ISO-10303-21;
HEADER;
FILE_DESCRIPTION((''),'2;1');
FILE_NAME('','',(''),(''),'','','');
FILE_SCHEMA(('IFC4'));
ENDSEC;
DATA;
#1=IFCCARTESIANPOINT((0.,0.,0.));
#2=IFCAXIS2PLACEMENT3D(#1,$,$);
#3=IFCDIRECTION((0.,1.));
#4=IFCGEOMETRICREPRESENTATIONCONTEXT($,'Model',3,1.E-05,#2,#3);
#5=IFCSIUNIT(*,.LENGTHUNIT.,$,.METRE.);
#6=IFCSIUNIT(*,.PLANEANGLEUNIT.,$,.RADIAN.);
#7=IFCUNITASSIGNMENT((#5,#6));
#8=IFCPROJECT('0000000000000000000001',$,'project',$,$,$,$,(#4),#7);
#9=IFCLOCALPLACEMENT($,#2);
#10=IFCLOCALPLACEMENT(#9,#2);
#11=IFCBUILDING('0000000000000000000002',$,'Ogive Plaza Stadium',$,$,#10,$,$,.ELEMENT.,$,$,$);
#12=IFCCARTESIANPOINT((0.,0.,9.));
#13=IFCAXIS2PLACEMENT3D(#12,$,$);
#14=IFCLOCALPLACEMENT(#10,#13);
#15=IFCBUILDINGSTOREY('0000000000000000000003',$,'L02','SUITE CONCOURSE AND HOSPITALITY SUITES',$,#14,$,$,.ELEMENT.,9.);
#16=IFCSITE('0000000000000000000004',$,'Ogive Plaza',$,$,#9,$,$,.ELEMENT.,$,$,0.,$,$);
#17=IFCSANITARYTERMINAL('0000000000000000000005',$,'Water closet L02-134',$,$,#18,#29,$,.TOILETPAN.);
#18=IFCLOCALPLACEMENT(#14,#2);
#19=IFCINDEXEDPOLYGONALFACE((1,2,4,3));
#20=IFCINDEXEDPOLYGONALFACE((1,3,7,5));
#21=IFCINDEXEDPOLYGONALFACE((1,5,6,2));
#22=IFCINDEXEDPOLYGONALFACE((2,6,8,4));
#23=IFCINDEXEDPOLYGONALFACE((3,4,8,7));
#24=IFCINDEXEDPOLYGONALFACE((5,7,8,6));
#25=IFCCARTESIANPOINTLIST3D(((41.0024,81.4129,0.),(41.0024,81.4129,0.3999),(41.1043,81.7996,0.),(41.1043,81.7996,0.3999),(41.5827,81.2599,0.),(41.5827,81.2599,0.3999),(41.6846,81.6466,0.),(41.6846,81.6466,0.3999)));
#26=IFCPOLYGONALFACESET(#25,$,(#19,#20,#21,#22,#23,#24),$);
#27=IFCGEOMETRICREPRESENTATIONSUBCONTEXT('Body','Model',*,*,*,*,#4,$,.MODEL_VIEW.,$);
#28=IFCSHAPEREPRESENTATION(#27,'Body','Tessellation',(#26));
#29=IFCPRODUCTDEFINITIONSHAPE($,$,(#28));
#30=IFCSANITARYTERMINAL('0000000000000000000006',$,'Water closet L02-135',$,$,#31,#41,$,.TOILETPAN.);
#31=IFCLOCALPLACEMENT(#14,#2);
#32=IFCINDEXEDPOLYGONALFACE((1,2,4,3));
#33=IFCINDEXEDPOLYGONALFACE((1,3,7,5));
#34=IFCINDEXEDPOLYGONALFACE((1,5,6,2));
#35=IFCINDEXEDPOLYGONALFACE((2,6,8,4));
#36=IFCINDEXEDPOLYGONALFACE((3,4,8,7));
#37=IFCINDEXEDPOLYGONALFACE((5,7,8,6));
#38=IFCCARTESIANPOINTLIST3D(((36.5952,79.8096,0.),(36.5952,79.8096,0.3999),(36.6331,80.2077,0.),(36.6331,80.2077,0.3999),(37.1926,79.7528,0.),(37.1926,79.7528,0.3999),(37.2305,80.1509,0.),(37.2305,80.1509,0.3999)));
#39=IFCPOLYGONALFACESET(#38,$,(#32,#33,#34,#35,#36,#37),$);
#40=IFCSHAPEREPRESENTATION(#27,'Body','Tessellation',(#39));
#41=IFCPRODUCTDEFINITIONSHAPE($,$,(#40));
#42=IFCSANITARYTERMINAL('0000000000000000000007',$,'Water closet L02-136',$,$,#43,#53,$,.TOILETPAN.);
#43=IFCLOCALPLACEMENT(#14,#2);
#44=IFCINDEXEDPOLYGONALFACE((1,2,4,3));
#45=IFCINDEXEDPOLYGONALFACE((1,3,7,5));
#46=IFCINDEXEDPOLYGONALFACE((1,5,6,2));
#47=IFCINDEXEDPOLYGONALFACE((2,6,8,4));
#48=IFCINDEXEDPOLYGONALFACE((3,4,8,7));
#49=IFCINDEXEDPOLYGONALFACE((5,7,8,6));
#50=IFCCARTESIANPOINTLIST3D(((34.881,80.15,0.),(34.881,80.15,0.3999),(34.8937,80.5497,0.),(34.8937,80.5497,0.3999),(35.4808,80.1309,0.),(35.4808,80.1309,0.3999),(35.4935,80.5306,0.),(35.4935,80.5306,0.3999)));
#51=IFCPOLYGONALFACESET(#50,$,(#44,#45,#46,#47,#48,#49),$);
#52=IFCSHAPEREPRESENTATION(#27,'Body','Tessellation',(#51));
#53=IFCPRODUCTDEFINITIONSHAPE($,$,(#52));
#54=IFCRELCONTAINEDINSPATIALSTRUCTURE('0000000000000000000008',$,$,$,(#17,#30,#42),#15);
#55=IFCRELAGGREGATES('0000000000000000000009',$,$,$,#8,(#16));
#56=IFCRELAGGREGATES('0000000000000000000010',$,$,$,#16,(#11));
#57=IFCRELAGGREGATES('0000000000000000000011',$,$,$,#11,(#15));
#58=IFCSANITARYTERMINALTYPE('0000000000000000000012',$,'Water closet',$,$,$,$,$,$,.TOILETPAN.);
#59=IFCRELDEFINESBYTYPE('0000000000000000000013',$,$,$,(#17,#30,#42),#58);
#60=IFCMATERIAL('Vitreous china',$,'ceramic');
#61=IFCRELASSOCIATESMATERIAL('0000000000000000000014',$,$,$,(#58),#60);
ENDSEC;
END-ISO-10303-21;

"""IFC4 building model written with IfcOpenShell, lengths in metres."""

from ifc_helpers import new_model, si_unit, direction, frame, origin, origin_2d, place, context, subcontext, project, spatial, rectangle, extrude, material, type_object, element, save


model = new_model("IFC4")

# Units and contexts
model_context = context("Model", 3, precision=1e-05, world=origin(), true_north=direction((0.0, 1.0)))
body_context = subcontext(model_context, "Body", "Model", "MODEL_VIEW")
ifc_project = project(units=[si_unit("LENGTHUNIT", "METRE"), si_unit("PLANEANGLEUNIT", "RADIAN")], contexts=[model_context])

# Site, building, storey
site_placement = place(None, origin())
site = spatial("IfcSite", under=ifc_project, at=site_placement, Name="Ogive Plaza", CompositionType="ELEMENT", RefElevation=0.0)
building_placement = place(site_placement, origin())
building = spatial("IfcBuilding", under=site, at=building_placement, Name="Ogive Plaza Stadium", CompositionType="ELEMENT")
storey_placement = place(building_placement, frame((0.0, 0.0, 9.0)))
storey = spatial("IfcBuildingStorey", under=building, at=storey_placement, Name="L02", Description="SUITE CONCOURSE AND HOSPITALITY SUITES", CompositionType="ELEMENT", Elevation=9.0)

# Sanitary terminals
ifc_material_1 = material(Name="Vitreous china", Category="ceramic")
sanitary_terminal_type_1 = type_object("IfcSanitaryTerminalType", Name="Water closet", PredefinedType="TOILETPAN", material=ifc_material_1)
for number, where, z_axis, x_axis, name in (
    (1, (41.3435, 81.5298, 0.0), (0.0, 0.0, 1.0), (0.254934, 0.966958, 0.0), "Water closet L02-134"),
    (2, (36.9128, 79.9802, 0.0), (0.0, 0.0, 1.0), (0.094604, 0.995515, 0.0), "Water closet L02-135"),
    (3, (35.1873, 80.3403, 0.0), (0.0, 0.0, 1.0), (0.031849, 0.999493, 0.0), "Water closet L02-136"),
):
    element("IfcSanitaryTerminal", number, at=place(storey_placement, frame(where, z_axis=z_axis, x_axis=x_axis)), inside=storey, type_object=sanitary_terminal_type_1, Name=name, PredefinedType="TOILETPAN", context=body_context, shape_type="SweptSolid", body=[
        extrude(rectangle(XDim=0.3999, YDim=0.6001, at=origin_2d()), origin(), (0.0, 0.0, 1.0), 0.3999),
    ])

save(model, "model.ifc")
